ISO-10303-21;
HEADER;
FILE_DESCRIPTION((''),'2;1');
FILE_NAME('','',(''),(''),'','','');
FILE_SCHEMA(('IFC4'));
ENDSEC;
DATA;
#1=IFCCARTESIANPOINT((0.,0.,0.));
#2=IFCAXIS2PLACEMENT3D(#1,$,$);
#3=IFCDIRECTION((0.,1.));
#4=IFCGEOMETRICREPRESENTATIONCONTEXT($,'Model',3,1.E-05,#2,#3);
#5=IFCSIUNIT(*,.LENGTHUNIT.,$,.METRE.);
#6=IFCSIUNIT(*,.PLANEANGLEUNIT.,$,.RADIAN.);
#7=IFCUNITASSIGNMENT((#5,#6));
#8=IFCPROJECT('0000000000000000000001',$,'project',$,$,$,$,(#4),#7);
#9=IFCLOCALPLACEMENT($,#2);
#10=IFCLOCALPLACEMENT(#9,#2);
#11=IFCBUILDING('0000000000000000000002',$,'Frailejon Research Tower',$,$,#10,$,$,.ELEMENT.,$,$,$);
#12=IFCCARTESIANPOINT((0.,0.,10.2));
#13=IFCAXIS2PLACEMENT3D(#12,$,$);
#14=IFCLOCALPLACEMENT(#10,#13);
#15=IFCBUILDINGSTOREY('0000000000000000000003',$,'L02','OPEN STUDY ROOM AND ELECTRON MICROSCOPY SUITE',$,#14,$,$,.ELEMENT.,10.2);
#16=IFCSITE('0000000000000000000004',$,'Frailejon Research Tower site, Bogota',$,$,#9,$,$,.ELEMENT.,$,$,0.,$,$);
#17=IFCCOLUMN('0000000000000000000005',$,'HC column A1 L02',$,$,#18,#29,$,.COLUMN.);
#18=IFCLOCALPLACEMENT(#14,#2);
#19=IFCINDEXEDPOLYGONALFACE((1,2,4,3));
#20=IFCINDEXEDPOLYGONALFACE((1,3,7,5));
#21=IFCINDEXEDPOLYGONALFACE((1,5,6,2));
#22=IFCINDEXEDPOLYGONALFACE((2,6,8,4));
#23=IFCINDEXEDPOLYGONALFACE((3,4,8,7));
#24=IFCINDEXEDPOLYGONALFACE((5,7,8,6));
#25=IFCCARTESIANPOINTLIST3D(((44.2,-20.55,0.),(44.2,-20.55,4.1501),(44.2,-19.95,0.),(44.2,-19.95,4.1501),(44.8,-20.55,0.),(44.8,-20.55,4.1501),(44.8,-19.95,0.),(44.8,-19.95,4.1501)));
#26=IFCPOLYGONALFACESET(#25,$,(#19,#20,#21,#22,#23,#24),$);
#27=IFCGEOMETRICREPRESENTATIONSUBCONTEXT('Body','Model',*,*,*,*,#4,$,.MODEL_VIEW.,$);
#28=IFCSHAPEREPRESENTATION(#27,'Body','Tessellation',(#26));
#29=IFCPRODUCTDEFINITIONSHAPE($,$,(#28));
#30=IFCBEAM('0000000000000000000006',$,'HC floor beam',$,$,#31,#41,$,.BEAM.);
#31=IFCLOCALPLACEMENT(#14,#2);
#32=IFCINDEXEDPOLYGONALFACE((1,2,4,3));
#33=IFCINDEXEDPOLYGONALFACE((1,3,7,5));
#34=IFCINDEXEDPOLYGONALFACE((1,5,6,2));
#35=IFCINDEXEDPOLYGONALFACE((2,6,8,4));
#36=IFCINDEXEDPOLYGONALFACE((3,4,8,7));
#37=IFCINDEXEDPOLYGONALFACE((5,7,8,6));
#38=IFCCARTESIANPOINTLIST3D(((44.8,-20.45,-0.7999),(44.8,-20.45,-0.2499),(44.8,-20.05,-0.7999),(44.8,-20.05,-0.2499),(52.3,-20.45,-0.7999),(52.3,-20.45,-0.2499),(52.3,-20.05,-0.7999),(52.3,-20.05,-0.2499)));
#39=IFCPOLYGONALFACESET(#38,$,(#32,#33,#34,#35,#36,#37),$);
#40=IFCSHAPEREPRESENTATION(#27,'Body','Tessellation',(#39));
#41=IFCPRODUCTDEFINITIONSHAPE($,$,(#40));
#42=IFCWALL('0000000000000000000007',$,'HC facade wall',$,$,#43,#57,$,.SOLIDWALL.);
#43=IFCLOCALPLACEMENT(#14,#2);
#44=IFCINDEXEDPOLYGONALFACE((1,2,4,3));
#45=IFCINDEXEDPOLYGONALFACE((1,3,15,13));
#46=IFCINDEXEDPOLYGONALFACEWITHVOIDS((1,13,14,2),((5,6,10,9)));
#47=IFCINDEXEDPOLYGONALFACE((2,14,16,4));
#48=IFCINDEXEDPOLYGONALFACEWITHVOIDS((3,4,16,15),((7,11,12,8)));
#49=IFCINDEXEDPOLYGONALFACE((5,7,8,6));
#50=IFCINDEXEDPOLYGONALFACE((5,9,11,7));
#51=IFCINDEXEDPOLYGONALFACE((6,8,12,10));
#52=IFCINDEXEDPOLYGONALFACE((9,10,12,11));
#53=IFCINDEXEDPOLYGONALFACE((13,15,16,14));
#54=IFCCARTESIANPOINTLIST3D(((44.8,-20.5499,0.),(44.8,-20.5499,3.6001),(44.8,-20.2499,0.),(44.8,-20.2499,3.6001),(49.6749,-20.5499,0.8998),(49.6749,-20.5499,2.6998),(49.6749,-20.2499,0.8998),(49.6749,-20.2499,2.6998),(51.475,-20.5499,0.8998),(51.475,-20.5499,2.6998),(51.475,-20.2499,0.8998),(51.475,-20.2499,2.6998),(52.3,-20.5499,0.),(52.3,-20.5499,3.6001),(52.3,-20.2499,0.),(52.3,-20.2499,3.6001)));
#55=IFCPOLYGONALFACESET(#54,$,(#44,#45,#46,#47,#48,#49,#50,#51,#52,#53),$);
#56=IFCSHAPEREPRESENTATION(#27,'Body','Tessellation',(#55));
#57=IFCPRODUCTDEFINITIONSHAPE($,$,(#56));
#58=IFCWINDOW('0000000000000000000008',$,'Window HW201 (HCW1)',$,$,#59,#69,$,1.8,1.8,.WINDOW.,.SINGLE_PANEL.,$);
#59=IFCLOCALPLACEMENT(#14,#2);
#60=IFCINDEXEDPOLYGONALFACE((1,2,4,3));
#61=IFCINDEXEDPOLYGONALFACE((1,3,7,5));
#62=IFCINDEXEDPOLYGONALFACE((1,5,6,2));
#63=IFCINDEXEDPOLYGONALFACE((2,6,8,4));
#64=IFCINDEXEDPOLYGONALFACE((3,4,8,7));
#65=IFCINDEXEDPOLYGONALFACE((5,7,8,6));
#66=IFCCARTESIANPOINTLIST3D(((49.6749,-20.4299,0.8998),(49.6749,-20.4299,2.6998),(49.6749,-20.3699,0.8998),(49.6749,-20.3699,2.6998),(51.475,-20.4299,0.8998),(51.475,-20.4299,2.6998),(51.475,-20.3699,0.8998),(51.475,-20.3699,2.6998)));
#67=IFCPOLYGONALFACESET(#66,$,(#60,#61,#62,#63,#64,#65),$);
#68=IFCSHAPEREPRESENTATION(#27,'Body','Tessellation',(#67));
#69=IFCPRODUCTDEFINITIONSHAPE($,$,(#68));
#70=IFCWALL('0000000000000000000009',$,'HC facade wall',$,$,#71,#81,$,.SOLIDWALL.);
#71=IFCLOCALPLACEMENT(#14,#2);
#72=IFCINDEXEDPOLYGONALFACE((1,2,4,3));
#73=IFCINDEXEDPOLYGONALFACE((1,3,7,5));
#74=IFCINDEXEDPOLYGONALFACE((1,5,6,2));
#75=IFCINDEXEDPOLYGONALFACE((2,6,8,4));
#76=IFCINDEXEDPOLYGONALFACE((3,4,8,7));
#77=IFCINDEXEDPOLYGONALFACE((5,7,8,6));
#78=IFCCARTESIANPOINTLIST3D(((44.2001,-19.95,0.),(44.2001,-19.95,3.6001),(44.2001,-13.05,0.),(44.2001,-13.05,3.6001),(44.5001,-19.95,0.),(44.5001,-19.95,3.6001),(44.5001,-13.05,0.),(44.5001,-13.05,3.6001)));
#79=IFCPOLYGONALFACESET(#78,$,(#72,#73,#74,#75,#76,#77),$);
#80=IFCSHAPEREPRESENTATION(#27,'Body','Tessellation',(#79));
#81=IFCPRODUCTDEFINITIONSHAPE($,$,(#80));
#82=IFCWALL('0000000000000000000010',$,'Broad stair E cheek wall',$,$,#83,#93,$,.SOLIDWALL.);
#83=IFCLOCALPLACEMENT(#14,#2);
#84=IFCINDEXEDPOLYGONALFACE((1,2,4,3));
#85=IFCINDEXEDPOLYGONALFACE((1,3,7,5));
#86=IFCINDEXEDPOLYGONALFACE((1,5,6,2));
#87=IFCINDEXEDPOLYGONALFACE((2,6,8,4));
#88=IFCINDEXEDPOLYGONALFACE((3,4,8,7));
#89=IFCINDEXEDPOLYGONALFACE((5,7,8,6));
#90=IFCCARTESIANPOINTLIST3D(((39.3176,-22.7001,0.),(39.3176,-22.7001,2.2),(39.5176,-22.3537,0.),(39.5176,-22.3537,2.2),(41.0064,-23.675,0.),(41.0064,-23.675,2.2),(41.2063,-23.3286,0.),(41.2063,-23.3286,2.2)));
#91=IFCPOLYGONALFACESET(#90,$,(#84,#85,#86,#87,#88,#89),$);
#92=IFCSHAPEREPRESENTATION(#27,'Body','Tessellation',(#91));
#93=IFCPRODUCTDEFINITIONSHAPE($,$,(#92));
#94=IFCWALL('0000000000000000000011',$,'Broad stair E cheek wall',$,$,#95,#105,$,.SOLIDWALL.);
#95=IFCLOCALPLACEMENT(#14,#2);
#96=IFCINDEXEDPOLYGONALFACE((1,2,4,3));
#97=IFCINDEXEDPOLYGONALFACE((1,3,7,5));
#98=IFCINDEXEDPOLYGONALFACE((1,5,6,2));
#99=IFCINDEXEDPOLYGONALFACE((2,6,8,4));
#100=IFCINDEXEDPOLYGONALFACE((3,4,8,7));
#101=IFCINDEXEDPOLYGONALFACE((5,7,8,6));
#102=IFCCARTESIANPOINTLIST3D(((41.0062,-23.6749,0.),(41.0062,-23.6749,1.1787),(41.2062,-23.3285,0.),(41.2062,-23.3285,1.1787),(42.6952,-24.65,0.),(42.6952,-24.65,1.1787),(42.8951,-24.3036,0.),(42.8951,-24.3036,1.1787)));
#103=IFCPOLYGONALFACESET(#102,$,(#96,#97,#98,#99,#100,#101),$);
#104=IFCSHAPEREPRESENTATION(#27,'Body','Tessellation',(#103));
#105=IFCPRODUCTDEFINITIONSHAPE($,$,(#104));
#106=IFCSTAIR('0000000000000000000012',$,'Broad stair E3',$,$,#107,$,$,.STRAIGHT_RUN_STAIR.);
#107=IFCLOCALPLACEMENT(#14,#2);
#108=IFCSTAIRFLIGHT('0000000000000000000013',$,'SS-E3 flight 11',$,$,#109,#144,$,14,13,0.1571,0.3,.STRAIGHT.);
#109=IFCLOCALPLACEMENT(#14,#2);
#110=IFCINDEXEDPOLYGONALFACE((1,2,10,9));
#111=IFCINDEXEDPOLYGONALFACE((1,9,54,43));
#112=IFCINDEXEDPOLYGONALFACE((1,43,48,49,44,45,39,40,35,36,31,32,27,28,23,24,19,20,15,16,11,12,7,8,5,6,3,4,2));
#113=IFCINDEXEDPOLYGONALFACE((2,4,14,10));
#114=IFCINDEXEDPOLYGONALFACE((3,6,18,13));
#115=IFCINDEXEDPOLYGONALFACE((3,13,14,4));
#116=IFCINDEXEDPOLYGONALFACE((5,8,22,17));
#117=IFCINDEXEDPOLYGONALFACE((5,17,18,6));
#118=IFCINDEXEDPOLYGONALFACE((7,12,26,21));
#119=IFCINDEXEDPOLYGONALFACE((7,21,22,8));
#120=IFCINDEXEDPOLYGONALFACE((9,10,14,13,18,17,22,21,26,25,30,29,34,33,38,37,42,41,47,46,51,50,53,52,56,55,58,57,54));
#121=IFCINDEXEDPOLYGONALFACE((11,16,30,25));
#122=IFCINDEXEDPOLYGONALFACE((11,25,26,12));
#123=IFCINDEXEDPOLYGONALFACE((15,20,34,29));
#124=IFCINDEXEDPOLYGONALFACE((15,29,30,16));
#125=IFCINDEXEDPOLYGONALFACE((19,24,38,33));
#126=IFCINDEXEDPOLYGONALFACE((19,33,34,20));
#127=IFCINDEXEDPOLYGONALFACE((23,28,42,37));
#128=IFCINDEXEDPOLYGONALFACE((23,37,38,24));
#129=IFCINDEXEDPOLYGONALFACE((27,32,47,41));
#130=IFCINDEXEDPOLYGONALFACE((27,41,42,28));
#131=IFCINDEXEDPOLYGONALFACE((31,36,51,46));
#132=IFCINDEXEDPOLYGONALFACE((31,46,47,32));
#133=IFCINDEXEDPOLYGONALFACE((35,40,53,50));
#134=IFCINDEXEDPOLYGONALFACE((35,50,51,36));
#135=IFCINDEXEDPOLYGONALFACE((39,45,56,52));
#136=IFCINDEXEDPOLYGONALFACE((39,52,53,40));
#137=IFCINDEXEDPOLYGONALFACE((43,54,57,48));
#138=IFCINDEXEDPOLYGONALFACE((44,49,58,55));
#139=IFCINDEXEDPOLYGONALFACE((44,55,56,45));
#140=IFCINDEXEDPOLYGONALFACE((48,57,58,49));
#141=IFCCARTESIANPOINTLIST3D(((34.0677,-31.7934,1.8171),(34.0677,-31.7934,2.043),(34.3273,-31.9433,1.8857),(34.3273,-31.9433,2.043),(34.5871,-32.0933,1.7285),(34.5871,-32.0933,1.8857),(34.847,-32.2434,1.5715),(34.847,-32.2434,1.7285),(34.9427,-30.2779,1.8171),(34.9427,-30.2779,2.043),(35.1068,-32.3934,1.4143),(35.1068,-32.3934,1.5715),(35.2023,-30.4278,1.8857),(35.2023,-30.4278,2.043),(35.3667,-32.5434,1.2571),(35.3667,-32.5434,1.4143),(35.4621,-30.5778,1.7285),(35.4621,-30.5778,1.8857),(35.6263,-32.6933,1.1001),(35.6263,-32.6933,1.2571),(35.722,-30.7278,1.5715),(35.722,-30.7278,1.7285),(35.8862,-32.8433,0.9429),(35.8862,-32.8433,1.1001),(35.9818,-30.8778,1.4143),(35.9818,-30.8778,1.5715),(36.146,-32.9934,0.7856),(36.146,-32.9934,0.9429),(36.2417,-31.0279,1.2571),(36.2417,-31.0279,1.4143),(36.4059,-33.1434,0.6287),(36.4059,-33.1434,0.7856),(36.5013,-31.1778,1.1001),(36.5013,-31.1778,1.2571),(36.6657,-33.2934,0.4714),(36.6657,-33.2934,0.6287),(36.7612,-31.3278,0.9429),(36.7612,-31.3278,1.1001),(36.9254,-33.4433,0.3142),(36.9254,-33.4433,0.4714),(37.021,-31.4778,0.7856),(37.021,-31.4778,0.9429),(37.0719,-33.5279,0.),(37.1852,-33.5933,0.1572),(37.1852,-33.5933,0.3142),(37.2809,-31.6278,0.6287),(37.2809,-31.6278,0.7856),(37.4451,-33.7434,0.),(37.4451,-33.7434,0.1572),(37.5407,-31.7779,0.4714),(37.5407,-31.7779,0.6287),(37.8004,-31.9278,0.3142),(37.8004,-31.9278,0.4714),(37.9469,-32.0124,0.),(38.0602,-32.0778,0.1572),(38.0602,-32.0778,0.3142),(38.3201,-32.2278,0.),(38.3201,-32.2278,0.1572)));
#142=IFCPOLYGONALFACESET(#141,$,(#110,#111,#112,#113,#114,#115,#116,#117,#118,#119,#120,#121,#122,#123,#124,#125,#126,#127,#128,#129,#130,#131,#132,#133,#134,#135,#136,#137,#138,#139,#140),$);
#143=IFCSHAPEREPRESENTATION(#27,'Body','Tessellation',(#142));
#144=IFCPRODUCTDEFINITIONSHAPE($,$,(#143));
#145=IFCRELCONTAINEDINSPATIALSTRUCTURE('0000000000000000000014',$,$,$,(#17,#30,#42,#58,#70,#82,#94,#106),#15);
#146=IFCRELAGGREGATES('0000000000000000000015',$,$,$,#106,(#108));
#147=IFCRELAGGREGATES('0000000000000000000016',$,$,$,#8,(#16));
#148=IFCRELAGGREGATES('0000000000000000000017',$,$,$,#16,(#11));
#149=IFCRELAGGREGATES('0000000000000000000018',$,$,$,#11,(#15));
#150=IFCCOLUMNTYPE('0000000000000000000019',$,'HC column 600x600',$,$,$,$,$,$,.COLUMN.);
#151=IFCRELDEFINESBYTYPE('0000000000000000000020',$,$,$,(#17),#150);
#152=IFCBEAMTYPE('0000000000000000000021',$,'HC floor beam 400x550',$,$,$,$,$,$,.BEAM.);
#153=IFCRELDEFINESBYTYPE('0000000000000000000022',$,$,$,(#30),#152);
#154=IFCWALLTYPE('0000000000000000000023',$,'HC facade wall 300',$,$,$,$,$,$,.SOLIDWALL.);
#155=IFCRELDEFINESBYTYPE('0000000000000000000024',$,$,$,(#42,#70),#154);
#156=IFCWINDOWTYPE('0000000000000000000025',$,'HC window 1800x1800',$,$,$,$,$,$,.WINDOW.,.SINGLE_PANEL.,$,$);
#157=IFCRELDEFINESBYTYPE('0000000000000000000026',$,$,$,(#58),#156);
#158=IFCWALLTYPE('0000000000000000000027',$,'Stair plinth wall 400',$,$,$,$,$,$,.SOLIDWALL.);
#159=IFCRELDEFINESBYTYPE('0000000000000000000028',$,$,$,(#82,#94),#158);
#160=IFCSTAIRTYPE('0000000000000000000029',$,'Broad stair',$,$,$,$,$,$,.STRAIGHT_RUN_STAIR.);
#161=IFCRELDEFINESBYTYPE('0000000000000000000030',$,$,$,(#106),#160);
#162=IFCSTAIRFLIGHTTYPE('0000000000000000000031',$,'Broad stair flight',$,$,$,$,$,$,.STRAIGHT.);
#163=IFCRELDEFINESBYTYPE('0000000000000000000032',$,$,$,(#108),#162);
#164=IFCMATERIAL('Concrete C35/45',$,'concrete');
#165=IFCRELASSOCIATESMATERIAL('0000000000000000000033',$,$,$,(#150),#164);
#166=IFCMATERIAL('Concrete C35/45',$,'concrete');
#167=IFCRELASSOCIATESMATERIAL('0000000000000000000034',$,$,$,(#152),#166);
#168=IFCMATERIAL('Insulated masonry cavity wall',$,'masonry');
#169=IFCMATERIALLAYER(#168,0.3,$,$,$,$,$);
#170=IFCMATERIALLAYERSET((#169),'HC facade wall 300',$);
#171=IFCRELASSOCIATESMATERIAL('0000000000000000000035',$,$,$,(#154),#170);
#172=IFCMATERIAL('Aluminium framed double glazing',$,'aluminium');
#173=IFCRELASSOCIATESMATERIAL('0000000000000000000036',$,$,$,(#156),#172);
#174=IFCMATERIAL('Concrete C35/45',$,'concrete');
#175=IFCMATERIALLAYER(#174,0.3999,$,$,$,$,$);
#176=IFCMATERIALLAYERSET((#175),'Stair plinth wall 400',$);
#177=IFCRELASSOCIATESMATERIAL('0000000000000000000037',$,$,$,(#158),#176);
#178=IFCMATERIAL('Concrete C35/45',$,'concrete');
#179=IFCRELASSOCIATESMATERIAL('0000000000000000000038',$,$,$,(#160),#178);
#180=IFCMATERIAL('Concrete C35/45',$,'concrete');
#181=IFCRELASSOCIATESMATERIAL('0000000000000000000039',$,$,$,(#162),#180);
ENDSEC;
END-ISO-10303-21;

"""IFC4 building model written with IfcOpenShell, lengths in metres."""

from ifc_helpers import new_model, si_unit, direction, frame, frame_2d, origin, origin_2d, place, context, subcontext, project, spatial, polyline, rectangle, outline, extrude, material, layer, layer_set, material_profile, profile_set, type_object, element, fill, aggregate, save


model = new_model("IFC4")

# Units and contexts
model_context = context("Model", 3, precision=1e-05, world=origin(), true_north=direction((0.0, 1.0)))
body_context = subcontext(model_context, "Body", "Model", "MODEL_VIEW")
ifc_project = project(units=[si_unit("LENGTHUNIT", "METRE"), si_unit("PLANEANGLEUNIT", "RADIAN")], contexts=[model_context])

# Site, building, storey
site_placement = place(None, origin())
site = spatial("IfcSite", under=ifc_project, at=site_placement, Name="Frailejon Research Tower site, Bogota", CompositionType="ELEMENT", RefElevation=0.0)
building_placement = place(site_placement, origin())
building = spatial("IfcBuilding", under=site, at=building_placement, Name="Frailejon Research Tower", CompositionType="ELEMENT")
storey_placement = place(building_placement, frame((0.0, 0.0, 10.2)))
storey = spatial("IfcBuildingStorey", under=building, at=storey_placement, Name="L02", Description="OPEN STUDY ROOM AND ELECTRON MICROSCOPY SUITE", CompositionType="ELEMENT", Elevation=10.2)

# Column
ifc_material_1 = material(Name="Concrete C35/45", Category="concrete")
ifc_material_profile_1 = material_profile(ifc_material_1, rectangle(XDim=0.6001, YDim=0.6001, at=origin_2d()), Name="HC column 600x600")
ifc_profile_set_1 = profile_set([ifc_material_profile_1], Name="Concrete C35/45")
column_type = type_object("IfcColumnType", Name="HC column 600x600", PredefinedType="COLUMN", material=ifc_profile_set_1)
column_placement = place(storey_placement, frame((44.5, -20.25, 0.0), z_axis=(0.0, 0.0, 1.0), x_axis=(1.0, 0.0, 0.0)))
element("IfcColumn", 1, at=column_placement, inside=storey, type_object=column_type, Name="HC column A1 L02", PredefinedType="COLUMN", context=body_context, shape_type="SweptSolid", body=[
    extrude(rectangle(XDim=0.6001, YDim=0.6001, at=origin_2d()), origin(), (0.0, 0.0, 1.0), 4.1501),
])

# Beam
ifc_material_2 = material(Name="Concrete C35/45", Category="concrete")
ifc_material_profile_2 = material_profile(ifc_material_2, rectangle(XDim=0.3999, YDim=0.55, at=origin_2d()), Name="HC floor beam 400x550")
ifc_profile_set_2 = profile_set([ifc_material_profile_2], Name="Concrete C35/45")
beam_type = type_object("IfcBeamType", Name="HC floor beam 400x550", PredefinedType="BEAM", material=ifc_profile_set_2)
beam_placement = place(storey_placement, frame((44.8, -20.25, -0.5249), z_axis=(1.0, 0.0, 0.0), x_axis=(0.0, 1.0, 0.0)))
element("IfcBeam", 2, at=beam_placement, inside=storey, type_object=beam_type, Name="HC floor beam", PredefinedType="BEAM", context=body_context, shape_type="SweptSolid", body=[
    extrude(rectangle(XDim=0.3999, YDim=0.55, at=origin_2d()), origin(), (0.0, 0.0, 1.0), 7.5),
])

# Wall, opening, window
ifc_material_3 = material(Name="Insulated masonry cavity wall", Category="masonry")
ifc_layer_1 = layer(ifc_material_3, 0.3)
ifc_layer_set_1 = layer_set([ifc_layer_1], Name="HC facade wall 300")
wall_type_1 = type_object("IfcWallType", Name="HC facade wall 300", PredefinedType="SOLIDWALL", material=ifc_layer_set_1)
wall_1_placement = place(storey_placement, frame((44.8, -20.3999, 0.0), z_axis=(0.0, 0.0, 1.0), x_axis=(1.0, 0.0, 0.0)))
wall_1 = element("IfcWall", 3, at=wall_1_placement, inside=storey, type_object=wall_type_1, Name="HC facade wall", PredefinedType="SOLIDWALL", context=body_context, shape_type="SweptSolid", body=[
    extrude(rectangle(XDim=7.5, YDim=0.3, at=frame_2d((3.75, 0.0))), origin(), (0.0, 0.0, 1.0), 3.6001),
])
opening_placement = place(wall_1_placement, frame((4.875, 0.0, 0.8999)))
opening = element("IfcOpeningElement", 4, at=opening_placement, cuts=wall_1, PredefinedType="OPENING", context=body_context, shape_type="SweptSolid", body=[
    extrude(rectangle(XDim=1.8, YDim=1.8, at=frame_2d((0.8999, 0.8999))), frame((0.0, 0.1599, 0.0), z_axis=(0.0, -1.0, 0.0), x_axis=(1.0, 0.0, 0.0)), (0.0, 0.0, 1.0), 0.3201),
])
ifc_material_4 = material(Name="Aluminium framed double glazing", Category="aluminium")
window_type = type_object("IfcWindowType", Name="HC window 1800x1800", PartitioningType="SINGLE_PANEL", PredefinedType="WINDOW", material=ifc_material_4)
window_placement = place(opening_placement, origin())
window = element("IfcWindow", 5, at=window_placement, inside=storey, type_object=window_type, Name="Window HW201 (HCW1)", OverallHeight=1.8, OverallWidth=1.8, PartitioningType="SINGLE_PANEL", PredefinedType="WINDOW", context=body_context, shape_type="SweptSolid", body=[
    extrude(rectangle(XDim=1.8, YDim=1.8, at=frame_2d((0.8999, 0.8999))), frame((0.0, 0.03, 0.0), z_axis=(0.0, -1.0, 0.0), x_axis=(1.0, 0.0, 0.0)), (0.0, 0.0, 1.0), 0.0601),
])
fill(opening, window)

# Walls
wall_2_placement = place(storey_placement, frame((44.3501, -19.95, 0.0), z_axis=(0.0, 0.0, 1.0), x_axis=(0.0, 1.0, 0.0)))
element("IfcWall", 6, at=wall_2_placement, inside=storey, type_object=wall_type_1, Name="HC facade wall", PredefinedType="SOLIDWALL", context=body_context, shape_type="SweptSolid", body=[
    extrude(rectangle(XDim=6.8999, YDim=0.3, at=frame_2d((3.45, 0.0))), origin(), (0.0, 0.0, 1.0), 3.6001),
])
ifc_material_5 = material(Name="Concrete C35/45", Category="concrete")
ifc_layer_2 = layer(ifc_material_5, 0.3999)
ifc_layer_set_2 = layer_set([ifc_layer_2], Name="Stair plinth wall 400")
wall_type_2 = type_object("IfcWallType", Name="Stair plinth wall 400", PredefinedType="SOLIDWALL", material=ifc_layer_set_2)
wall_3_placement = place(storey_placement, frame((39.4175, -22.5269, 0.0), z_axis=(0.0, 0.0, 1.0), x_axis=(0.866054, -0.49995, 0.0)))
element("IfcWall", 7, at=wall_3_placement, inside=storey, type_object=wall_type_2, Name="Broad stair E cheek wall", PredefinedType="SOLIDWALL", context=body_context, shape_type="SweptSolid", body=[
    extrude(rectangle(XDim=1.95, YDim=0.3999, at=frame_2d((0.9751, 0.0))), origin(), (0.0, 0.0, 1.0), 2.2),
])
wall_4_placement = place(storey_placement, frame((41.1062, -23.5017, 0.0), z_axis=(0.0, 0.0, 1.0), x_axis=(0.866031, -0.49999, 0.0)))
element("IfcWall", 8, at=wall_4_placement, inside=storey, type_object=wall_type_2, Name="Broad stair E cheek wall", PredefinedType="SOLIDWALL", context=body_context, shape_type="SweptSolid", body=[
    extrude(rectangle(XDim=1.9502, YDim=0.3999, at=frame_2d((0.9751, 0.0))), origin(), (0.0, 0.0, 1.0), 1.1787),
])

# Stair, stair flight
ifc_material_6 = material(Name="Concrete C35/45", Category="concrete")
stair_type = type_object("IfcStairType", Name="Broad stair", PredefinedType="STRAIGHT_RUN_STAIR", material=ifc_material_6)
stair_placement = place(storey_placement, origin())
stair = element("IfcStair", 9, at=stair_placement, inside=storey, type_object=stair_type, Name="Broad stair E3", PredefinedType="STRAIGHT_RUN_STAIR")
ifc_material_7 = material(Name="Concrete C35/45", Category="concrete")
stair_flight_type = type_object("IfcStairFlightType", Name="Broad stair flight", PredefinedType="STRAIGHT", material=ifc_material_7)
stair_flight_1_placement = place(storey_placement, frame((37.8826, -32.9856, 0.0), z_axis=(0.0, 0.0, 1.0), x_axis=(-0.866025, 0.5, 0.0)))
stair_flight_1 = element("IfcStairFlight", 10, at=stair_flight_1_placement, type_object=stair_flight_type, Name="SS-E3 flight 11", NumberOfRisers=14, NumberOfTreads=13, PredefinedType="STRAIGHT", RiserHeight=0.1571, TreadLength=0.3, context=body_context, shape_type="SweptSolid", body=[
    extrude(outline(polyline([(0.0, 0.0), (0.0, 0.1572), (0.3, 0.1572), (0.3, 0.3142), (0.6001, 0.3142), (0.6001, 0.4714), (0.8999, 0.4714), (0.8999, 0.6287), (1.2, 0.6287), (1.2, 0.7856), (1.5, 0.7856), (1.5, 0.9429), (1.8, 0.9429), (1.8, 1.1001), (2.1001, 1.1001), (2.1001, 1.2571), (2.3999, 1.2571), (2.3999, 1.4143), (2.7, 1.4143), (2.7, 1.5715), (3.0, 1.5715), (3.0, 1.7285), (3.3, 1.7285), (3.3, 1.8857), (3.6001, 1.8857), (3.6001, 2.043), (3.8999, 2.043), (3.8999, 2.2), (3.8999, 1.8171), (0.4309, 0.0), (0.0, 0.0)])), frame((0.0, 0.875, 0.0), z_axis=(0.0, -1.0, 0.0), x_axis=(1.0, 0.0, 0.0)), (0.0, 0.0, 1.0), 1.75),
])
aggregate(stair, [stair_flight_1])

save(model, "model.ifc")
